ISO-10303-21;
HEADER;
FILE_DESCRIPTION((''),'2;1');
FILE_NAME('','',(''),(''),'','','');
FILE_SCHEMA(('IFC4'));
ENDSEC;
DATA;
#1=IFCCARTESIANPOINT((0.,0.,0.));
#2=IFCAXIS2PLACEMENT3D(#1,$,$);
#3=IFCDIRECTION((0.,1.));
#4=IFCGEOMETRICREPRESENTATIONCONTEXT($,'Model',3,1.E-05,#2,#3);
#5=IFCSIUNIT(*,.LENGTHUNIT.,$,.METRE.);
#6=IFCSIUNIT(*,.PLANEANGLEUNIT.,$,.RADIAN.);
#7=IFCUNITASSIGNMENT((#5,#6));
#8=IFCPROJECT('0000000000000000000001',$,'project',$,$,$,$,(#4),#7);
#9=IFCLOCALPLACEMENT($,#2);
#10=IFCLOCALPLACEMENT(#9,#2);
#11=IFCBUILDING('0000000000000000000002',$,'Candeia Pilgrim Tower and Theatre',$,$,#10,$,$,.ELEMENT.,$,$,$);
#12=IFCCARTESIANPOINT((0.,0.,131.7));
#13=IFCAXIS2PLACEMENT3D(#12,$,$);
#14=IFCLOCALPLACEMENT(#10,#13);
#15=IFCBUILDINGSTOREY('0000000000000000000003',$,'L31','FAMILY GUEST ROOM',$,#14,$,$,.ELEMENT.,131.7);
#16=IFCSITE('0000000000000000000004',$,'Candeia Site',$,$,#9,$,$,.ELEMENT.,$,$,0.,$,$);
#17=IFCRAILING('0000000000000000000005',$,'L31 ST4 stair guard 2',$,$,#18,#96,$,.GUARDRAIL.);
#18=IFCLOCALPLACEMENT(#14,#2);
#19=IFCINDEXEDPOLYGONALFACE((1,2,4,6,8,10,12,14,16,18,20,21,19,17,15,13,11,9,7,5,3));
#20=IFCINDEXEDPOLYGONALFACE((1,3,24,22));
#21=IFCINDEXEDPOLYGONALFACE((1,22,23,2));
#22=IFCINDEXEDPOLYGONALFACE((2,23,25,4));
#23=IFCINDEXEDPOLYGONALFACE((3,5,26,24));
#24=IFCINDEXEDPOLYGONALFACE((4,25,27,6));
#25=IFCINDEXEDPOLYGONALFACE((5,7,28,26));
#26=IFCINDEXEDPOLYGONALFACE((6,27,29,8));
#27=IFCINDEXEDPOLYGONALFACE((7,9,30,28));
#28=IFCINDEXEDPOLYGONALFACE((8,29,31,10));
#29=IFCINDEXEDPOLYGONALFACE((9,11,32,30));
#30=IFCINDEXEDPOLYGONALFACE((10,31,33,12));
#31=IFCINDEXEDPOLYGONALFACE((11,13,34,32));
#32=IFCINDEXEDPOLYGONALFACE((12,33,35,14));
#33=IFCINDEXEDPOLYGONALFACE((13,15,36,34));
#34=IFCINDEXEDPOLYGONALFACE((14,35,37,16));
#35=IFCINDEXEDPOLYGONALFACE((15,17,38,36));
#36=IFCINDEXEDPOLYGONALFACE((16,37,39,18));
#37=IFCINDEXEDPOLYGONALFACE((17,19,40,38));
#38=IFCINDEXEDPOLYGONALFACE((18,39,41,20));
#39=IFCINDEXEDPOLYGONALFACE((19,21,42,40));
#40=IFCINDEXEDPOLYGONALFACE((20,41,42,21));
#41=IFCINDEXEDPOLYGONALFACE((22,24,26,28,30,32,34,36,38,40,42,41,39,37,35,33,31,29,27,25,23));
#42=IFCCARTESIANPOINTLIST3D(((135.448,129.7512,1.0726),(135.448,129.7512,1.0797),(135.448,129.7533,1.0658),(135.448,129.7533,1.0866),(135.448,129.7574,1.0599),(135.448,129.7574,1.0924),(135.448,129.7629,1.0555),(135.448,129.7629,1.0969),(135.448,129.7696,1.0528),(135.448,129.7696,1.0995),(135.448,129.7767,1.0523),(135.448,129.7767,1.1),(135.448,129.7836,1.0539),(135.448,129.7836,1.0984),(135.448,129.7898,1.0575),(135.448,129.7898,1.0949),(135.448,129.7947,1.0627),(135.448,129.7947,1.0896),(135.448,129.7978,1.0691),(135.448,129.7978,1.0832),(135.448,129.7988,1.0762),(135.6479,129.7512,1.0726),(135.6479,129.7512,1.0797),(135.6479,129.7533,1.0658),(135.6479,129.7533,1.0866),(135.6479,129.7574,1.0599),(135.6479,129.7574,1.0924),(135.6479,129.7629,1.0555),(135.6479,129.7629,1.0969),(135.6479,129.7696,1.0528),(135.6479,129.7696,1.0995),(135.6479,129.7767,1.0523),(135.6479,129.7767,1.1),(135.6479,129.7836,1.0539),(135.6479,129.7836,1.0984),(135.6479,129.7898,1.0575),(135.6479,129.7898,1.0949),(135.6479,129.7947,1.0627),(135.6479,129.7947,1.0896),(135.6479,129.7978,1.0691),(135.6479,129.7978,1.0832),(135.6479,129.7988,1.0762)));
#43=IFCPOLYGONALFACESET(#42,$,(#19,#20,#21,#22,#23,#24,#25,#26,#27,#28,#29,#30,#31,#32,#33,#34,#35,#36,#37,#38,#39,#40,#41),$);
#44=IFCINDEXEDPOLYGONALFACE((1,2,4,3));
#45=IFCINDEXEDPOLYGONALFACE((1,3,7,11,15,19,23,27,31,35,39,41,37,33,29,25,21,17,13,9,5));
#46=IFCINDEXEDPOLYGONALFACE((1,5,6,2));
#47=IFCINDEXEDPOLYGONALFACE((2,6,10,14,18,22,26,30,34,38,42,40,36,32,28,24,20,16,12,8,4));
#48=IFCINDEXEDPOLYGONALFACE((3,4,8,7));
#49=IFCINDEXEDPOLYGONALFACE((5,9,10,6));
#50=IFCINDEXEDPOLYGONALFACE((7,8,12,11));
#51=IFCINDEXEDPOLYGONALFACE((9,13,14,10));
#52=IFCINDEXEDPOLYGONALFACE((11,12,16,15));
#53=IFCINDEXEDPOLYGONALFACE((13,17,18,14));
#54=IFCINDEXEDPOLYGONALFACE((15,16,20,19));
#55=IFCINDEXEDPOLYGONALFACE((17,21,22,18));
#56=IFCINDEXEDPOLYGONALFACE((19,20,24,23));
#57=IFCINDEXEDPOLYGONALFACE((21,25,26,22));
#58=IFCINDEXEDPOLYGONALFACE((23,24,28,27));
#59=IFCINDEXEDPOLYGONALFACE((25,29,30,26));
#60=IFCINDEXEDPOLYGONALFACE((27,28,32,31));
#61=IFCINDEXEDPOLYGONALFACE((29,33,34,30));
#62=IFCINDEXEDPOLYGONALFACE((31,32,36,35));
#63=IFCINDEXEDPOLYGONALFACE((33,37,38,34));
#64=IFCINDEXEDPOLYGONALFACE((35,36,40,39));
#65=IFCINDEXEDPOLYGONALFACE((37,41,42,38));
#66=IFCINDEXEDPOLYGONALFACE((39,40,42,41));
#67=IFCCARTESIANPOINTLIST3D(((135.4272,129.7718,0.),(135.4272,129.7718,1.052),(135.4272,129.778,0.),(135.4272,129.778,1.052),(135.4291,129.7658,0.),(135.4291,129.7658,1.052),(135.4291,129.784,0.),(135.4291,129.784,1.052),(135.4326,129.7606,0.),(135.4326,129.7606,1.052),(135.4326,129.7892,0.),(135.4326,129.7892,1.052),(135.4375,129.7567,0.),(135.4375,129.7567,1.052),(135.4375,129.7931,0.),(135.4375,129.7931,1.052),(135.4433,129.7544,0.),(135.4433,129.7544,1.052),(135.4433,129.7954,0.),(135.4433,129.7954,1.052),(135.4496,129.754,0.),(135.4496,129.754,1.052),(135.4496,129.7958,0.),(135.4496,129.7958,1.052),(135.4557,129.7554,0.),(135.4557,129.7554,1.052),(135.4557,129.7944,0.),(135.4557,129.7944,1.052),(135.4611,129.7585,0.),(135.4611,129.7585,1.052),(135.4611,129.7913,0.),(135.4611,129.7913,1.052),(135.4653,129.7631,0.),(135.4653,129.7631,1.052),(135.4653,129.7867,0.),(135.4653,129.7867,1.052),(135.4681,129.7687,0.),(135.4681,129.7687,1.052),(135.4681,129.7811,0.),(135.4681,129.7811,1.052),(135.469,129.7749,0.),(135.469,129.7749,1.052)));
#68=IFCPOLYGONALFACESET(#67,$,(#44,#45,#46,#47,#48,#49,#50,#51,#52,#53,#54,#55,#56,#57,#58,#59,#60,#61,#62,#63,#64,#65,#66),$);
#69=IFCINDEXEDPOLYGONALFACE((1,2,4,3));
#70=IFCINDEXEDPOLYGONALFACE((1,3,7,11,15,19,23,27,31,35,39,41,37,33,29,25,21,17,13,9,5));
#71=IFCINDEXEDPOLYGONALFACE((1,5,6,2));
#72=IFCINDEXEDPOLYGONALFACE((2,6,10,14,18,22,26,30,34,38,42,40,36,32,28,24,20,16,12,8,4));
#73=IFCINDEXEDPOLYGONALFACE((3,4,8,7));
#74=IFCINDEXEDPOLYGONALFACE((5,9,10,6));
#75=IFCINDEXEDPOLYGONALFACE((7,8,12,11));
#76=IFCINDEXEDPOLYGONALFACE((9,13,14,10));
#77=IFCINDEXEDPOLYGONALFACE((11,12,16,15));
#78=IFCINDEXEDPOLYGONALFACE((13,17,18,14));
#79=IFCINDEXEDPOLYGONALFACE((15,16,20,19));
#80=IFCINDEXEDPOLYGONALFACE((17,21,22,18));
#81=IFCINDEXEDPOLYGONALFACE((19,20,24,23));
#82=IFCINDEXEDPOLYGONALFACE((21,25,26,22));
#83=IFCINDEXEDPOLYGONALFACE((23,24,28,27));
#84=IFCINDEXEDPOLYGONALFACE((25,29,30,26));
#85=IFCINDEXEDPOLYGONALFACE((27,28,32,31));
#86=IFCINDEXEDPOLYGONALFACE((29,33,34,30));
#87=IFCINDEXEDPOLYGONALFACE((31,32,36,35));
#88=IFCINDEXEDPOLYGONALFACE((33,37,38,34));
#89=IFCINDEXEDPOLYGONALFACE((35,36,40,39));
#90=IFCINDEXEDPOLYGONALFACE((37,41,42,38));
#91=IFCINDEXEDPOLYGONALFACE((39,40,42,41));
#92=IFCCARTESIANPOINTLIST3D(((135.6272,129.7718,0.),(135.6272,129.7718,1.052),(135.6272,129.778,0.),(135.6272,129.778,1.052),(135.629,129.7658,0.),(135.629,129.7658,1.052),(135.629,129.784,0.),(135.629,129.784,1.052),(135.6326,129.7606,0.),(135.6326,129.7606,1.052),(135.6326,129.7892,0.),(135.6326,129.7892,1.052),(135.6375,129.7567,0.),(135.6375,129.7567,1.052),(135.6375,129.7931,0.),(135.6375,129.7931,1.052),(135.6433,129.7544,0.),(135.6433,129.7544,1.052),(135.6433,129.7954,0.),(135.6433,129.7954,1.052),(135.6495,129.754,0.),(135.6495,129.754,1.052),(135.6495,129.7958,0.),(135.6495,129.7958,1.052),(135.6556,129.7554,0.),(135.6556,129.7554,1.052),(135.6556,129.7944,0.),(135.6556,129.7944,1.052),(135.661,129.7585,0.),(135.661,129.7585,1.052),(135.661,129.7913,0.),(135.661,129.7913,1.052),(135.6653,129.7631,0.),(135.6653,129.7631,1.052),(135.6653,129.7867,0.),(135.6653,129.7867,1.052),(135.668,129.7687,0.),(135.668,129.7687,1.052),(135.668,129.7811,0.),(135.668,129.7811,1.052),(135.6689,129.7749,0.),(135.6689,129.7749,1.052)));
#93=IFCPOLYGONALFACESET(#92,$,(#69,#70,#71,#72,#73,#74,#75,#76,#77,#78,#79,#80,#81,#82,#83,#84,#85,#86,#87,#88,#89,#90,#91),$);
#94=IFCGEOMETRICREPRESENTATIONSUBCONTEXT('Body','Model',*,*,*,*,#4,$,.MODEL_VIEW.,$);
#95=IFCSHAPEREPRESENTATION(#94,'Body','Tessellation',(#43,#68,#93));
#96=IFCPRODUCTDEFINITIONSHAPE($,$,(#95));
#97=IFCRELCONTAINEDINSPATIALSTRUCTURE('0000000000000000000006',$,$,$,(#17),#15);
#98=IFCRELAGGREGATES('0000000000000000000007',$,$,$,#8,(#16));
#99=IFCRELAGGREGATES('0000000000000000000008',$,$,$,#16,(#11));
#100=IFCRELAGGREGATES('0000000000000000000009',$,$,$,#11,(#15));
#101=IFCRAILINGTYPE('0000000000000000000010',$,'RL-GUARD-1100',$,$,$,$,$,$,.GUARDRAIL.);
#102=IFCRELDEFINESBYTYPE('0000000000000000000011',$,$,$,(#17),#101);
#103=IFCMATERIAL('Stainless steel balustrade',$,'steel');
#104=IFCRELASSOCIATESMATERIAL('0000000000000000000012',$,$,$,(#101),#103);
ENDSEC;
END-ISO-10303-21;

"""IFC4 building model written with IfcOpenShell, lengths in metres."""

from ifc_helpers import new_model, si_unit, direction, frame, origin, origin_2d, place, context, subcontext, project, spatial, circle, extrude, material, type_object, element, save


model = new_model("IFC4")

# Units and contexts
model_context = context("Model", 3, precision=1e-05, world=origin(), true_north=direction((0.0, 1.0)))
body_context = subcontext(model_context, "Body", "Model", "MODEL_VIEW")
ifc_project = project(units=[si_unit("LENGTHUNIT", "METRE"), si_unit("PLANEANGLEUNIT", "RADIAN")], contexts=[model_context])

# Site, building, storey
site_placement = place(None, origin())
site = spatial("IfcSite", under=ifc_project, at=site_placement, Name="Candeia Site", CompositionType="ELEMENT", RefElevation=0.0)
building_placement = place(site_placement, origin())
building = spatial("IfcBuilding", under=site, at=building_placement, Name="Candeia Pilgrim Tower and Theatre", CompositionType="ELEMENT")
storey_placement = place(building_placement, frame((0.0, 0.0, 131.7)))
storey = spatial("IfcBuildingStorey", under=building, at=storey_placement, Name="L31", Description="FAMILY GUEST ROOM", CompositionType="ELEMENT", Elevation=131.7)

# Railing
ifc_material_1 = material(Name="Stainless steel balustrade", Category="steel")
railing_type_1 = type_object("IfcRailingType", Name="RL-GUARD-1100", PredefinedType="GUARDRAIL", material=ifc_material_1)
railing_1_placement = place(storey_placement, frame((135.448, 129.7749, 0.0)))
element("IfcRailing", 1, at=railing_1_placement, inside=storey, type_object=railing_type_1, Name="L31 ST4 stair guard 2", PredefinedType="GUARDRAIL", context=body_context, shape_type="SweptSolid", body=[
    extrude(circle(Radius=0.0239, at=origin_2d()), frame((0.0, 0.0, 1.0762), z_axis=(1.0, 0.0, 0.0), x_axis=(0.0, 1.0, 0.0)), (0.0, 0.0, 1.0), 0.2),
    extrude(circle(Radius=0.021, at=origin_2d()), origin(), (0.0, 0.0, 1.0), 1.052),
    extrude(circle(Radius=0.021, at=origin_2d()), frame((0.2, 0.0, 0.0)), (0.0, 0.0, 1.0), 1.052),
])

save(model, "model.ifc")
